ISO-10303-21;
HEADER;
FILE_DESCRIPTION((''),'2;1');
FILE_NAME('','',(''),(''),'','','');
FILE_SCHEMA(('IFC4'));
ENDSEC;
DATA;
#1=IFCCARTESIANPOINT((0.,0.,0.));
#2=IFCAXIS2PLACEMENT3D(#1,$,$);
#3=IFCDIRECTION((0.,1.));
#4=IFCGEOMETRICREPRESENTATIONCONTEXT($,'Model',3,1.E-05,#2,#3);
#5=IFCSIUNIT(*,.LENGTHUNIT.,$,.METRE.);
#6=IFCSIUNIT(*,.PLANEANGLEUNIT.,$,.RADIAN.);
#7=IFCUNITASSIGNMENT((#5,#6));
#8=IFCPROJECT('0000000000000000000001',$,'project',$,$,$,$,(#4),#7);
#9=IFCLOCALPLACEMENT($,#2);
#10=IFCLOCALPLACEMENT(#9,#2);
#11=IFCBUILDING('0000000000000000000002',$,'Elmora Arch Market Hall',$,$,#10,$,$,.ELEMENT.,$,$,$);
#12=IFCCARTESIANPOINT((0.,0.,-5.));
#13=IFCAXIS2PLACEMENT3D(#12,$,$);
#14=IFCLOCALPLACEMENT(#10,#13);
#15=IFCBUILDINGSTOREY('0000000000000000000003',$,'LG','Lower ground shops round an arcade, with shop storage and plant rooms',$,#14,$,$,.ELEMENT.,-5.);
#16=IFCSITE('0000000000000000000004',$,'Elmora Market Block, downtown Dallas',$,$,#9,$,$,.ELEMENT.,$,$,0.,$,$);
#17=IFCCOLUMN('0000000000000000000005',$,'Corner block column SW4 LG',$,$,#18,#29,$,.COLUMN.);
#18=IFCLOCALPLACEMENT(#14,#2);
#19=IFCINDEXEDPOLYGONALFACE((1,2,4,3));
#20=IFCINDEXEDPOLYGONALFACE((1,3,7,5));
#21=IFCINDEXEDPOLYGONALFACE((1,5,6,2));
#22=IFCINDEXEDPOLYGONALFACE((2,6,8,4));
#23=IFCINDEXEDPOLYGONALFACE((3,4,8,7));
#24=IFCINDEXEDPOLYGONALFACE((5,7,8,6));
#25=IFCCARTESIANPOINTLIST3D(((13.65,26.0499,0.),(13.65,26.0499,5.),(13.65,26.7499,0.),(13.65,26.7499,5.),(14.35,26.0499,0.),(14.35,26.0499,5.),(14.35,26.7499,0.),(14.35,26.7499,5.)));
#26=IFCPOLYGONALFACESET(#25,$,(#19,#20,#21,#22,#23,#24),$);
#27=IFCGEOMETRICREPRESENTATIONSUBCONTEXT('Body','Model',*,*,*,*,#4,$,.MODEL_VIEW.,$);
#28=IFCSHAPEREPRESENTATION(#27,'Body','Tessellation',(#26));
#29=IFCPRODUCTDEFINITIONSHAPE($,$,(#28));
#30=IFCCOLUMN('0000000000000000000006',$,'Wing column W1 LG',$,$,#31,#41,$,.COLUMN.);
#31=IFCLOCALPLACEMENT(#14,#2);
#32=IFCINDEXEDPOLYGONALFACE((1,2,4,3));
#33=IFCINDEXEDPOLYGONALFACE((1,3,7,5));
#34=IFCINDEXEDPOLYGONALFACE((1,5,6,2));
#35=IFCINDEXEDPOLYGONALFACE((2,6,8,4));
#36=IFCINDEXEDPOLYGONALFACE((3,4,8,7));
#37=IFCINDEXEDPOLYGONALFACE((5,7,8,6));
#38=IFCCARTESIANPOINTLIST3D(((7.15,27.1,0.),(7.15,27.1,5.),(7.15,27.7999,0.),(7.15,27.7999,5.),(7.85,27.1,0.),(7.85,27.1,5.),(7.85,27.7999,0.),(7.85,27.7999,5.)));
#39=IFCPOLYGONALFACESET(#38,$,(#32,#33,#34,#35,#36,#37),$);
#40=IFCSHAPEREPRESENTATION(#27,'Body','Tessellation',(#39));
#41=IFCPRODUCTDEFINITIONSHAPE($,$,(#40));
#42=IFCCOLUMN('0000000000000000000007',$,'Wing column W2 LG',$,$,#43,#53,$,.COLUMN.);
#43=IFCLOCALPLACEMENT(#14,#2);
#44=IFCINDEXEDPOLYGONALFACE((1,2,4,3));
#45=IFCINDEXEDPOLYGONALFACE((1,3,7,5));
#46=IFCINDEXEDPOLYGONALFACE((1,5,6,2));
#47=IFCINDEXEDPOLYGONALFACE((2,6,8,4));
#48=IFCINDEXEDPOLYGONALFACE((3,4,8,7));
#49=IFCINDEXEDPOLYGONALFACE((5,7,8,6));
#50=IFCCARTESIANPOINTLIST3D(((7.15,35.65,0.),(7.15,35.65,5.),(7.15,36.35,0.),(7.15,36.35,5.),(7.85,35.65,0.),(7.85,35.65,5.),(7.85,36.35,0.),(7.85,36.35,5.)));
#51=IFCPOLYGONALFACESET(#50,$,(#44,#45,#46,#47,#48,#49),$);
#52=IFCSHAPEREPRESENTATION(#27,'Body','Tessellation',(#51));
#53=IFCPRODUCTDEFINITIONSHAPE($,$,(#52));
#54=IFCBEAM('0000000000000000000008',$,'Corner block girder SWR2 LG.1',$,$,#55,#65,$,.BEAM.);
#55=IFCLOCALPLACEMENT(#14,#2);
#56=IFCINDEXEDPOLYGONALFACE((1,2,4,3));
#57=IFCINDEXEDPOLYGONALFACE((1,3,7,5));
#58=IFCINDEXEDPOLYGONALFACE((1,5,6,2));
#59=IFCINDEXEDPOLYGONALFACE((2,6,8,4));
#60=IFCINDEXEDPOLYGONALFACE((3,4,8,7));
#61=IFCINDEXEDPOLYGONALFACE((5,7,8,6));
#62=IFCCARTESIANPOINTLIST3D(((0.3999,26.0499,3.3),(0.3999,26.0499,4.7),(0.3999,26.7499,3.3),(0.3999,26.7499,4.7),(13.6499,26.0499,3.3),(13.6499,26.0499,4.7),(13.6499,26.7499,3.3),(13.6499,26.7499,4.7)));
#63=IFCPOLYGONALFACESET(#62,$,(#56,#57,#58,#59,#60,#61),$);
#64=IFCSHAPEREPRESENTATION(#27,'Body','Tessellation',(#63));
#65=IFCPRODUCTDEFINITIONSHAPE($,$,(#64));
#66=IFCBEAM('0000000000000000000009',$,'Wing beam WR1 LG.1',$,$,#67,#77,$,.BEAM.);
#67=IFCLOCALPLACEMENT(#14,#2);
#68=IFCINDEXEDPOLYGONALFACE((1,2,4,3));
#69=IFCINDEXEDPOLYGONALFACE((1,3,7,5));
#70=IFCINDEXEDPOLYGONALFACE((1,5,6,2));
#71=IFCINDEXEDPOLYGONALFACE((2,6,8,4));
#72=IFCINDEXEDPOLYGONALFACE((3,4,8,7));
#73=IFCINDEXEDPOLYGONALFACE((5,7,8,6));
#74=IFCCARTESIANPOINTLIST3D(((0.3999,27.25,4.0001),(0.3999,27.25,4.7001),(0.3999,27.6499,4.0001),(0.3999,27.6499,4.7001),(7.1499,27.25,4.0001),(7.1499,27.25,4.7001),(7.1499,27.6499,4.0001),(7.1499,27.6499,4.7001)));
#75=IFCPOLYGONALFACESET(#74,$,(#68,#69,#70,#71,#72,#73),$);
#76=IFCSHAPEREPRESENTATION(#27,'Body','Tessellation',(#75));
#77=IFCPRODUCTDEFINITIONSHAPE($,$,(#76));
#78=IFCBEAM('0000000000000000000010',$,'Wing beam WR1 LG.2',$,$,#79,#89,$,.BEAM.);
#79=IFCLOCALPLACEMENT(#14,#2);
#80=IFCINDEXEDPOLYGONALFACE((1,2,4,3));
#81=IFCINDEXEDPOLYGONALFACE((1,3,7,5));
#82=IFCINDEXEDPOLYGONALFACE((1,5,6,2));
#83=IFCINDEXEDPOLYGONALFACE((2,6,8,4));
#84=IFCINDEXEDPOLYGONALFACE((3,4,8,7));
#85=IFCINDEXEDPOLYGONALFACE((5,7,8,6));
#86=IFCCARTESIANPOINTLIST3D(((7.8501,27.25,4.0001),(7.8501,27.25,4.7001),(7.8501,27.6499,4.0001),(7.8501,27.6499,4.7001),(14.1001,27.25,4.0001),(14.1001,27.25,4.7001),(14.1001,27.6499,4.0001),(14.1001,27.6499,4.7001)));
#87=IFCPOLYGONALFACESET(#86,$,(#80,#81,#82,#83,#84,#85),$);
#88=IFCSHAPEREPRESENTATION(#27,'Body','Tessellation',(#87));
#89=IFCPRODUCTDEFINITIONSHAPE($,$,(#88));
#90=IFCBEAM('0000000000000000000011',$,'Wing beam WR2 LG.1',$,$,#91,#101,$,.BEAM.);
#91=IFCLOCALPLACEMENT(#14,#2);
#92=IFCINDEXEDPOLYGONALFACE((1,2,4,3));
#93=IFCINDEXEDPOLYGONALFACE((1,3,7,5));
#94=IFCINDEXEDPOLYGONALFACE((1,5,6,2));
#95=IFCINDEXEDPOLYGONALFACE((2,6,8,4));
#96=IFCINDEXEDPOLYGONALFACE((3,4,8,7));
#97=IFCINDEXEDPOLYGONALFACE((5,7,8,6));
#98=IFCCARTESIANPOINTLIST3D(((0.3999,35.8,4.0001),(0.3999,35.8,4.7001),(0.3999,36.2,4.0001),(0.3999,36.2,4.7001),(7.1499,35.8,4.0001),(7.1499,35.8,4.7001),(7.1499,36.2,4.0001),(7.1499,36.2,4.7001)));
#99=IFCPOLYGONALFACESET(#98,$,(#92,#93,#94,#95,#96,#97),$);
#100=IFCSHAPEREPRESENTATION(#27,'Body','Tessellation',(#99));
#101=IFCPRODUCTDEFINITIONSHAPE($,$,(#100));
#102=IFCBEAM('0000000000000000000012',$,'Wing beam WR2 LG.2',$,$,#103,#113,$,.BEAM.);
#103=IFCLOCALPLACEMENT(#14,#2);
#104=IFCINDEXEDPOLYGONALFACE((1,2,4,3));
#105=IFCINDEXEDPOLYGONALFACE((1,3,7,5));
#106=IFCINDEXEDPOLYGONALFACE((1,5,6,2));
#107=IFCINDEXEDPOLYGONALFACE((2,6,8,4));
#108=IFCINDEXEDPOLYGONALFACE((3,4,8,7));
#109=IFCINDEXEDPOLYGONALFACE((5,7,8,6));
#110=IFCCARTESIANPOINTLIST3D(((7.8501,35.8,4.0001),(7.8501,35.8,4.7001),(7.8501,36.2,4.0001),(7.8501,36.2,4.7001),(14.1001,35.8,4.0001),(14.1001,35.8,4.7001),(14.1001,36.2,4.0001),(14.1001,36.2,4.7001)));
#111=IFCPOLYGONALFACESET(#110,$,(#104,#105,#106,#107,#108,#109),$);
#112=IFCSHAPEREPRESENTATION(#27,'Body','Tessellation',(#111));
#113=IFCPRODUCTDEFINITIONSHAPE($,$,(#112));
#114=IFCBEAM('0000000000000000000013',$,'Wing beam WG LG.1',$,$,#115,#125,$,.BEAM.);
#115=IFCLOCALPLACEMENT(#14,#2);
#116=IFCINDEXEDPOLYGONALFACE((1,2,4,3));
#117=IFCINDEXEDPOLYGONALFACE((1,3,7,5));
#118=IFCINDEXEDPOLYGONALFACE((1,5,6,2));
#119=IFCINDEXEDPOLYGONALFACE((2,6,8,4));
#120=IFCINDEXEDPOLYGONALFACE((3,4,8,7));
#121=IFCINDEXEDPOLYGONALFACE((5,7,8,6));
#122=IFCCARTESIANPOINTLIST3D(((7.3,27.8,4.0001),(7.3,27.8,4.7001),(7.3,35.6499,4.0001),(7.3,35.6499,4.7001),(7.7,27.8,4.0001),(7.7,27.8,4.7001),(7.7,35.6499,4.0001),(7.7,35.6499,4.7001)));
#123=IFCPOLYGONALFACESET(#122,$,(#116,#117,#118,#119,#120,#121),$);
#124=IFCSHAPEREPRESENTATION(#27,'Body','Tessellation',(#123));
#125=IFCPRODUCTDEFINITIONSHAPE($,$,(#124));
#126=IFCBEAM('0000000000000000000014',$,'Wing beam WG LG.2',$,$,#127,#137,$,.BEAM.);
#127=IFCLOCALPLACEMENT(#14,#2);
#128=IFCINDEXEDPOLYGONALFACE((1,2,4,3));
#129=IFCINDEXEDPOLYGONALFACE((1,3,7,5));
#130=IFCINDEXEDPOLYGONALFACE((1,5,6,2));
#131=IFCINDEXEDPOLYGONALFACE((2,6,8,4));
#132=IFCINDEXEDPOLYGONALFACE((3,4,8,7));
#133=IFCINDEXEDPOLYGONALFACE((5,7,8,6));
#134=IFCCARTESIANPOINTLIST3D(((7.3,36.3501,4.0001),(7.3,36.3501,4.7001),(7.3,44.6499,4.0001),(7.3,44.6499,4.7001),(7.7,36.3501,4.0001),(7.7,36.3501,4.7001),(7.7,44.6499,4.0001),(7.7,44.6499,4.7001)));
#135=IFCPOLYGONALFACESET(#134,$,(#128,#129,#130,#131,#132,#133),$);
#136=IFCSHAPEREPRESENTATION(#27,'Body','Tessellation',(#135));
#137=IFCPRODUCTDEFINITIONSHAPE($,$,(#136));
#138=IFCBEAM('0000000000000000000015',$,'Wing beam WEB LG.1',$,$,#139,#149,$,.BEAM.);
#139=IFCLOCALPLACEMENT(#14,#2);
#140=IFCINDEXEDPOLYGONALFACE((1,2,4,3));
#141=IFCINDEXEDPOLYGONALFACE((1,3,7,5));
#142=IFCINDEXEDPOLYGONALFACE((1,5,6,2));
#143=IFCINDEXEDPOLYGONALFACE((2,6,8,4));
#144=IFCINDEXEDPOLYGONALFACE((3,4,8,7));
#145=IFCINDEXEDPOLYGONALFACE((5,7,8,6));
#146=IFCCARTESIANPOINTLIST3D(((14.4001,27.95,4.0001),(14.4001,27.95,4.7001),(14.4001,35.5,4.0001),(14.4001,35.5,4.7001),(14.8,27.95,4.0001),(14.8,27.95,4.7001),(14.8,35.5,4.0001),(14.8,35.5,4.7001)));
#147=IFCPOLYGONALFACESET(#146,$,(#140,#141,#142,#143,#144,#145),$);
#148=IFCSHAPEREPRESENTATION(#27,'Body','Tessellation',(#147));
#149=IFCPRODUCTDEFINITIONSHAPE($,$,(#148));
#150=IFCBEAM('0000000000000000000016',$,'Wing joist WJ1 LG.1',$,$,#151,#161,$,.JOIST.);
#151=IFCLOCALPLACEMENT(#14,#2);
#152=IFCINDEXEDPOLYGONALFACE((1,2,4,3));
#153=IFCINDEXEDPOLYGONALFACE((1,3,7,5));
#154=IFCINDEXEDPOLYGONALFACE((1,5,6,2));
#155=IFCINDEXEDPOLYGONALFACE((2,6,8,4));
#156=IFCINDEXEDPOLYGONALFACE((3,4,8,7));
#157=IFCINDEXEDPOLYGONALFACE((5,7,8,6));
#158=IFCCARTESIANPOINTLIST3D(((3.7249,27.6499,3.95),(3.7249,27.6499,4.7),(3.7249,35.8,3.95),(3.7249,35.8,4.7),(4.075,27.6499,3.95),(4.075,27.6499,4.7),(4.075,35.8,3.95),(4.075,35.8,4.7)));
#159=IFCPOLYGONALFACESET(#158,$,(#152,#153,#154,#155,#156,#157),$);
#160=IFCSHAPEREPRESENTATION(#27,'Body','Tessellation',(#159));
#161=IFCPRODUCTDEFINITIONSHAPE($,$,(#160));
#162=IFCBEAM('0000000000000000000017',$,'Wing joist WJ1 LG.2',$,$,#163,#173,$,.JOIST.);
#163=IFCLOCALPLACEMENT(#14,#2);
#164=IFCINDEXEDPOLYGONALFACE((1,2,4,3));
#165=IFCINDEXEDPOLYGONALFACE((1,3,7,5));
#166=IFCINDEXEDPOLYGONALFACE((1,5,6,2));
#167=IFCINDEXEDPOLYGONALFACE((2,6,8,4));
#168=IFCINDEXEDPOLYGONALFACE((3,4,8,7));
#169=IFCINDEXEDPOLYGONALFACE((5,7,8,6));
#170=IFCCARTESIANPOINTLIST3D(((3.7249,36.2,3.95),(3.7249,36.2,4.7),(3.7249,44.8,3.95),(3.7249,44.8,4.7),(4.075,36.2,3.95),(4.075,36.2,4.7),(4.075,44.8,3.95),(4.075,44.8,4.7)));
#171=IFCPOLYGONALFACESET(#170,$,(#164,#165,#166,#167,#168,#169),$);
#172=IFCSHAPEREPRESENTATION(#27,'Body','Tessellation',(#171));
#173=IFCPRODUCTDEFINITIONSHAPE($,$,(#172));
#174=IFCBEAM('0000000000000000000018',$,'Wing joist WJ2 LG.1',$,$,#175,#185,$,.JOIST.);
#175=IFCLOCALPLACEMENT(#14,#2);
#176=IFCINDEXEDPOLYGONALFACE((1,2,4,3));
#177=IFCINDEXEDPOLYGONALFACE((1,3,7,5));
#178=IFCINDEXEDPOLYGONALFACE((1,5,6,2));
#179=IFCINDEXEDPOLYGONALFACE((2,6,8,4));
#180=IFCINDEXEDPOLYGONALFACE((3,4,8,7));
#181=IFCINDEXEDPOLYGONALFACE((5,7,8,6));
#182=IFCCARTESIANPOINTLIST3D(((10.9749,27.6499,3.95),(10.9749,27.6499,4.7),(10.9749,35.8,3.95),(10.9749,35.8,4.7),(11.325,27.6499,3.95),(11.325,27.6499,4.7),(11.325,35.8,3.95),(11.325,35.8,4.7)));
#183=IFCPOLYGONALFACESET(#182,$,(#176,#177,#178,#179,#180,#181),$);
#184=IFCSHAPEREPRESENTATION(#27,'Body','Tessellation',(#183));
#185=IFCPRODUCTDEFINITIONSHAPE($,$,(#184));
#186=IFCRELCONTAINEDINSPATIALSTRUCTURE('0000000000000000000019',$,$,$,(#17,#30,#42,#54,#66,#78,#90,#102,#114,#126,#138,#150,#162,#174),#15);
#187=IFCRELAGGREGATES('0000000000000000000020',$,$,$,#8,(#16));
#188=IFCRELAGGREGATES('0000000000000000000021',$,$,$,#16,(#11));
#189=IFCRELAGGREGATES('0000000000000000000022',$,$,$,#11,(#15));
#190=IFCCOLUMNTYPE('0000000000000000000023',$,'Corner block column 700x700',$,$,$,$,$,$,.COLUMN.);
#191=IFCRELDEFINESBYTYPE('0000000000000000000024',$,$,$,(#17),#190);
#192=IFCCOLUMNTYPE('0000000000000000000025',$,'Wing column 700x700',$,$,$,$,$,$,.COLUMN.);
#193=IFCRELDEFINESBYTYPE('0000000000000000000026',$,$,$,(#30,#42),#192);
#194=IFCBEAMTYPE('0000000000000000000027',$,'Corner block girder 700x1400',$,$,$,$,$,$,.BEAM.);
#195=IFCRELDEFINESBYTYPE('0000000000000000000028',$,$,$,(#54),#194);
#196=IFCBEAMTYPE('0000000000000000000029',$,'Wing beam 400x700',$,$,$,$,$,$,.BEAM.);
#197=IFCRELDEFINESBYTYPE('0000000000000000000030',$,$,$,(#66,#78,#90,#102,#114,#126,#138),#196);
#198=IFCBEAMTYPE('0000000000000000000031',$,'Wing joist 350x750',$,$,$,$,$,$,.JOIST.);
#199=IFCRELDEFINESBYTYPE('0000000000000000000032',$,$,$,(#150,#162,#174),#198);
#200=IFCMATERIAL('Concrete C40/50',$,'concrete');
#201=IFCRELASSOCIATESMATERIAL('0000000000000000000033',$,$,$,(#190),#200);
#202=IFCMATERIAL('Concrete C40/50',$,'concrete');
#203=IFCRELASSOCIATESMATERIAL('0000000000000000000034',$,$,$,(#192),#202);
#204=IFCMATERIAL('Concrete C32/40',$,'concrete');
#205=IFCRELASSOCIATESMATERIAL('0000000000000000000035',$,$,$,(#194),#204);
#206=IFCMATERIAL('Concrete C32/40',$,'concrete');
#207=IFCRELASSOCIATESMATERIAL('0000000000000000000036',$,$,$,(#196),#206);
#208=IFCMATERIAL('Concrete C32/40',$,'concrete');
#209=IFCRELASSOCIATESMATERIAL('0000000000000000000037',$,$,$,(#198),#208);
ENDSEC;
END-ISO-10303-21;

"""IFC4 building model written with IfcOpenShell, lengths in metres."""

from ifc_helpers import new_model, si_unit, direction, frame, origin, origin_2d, place, context, subcontext, project, spatial, rectangle, extrude, material, material_profile, profile_set, type_object, element, save


model = new_model("IFC4")

# Units and contexts
model_context = context("Model", 3, precision=1e-05, world=origin(), true_north=direction((0.0, 1.0)))
body_context = subcontext(model_context, "Body", "Model", "MODEL_VIEW")
ifc_project = project(units=[si_unit("LENGTHUNIT", "METRE"), si_unit("PLANEANGLEUNIT", "RADIAN")], contexts=[model_context])

# Site, building, storey
site_placement = place(None, origin())
site = spatial("IfcSite", under=ifc_project, at=site_placement, Name="Elmora Market Block, downtown Dallas", CompositionType="ELEMENT", RefElevation=0.0)
building_placement = place(site_placement, origin())
building = spatial("IfcBuilding", under=site, at=building_placement, Name="Elmora Arch Market Hall", CompositionType="ELEMENT")
storey_placement = place(building_placement, frame((0.0, 0.0, -5.0)))
storey = spatial("IfcBuildingStorey", under=building, at=storey_placement, Name="LG", Description="Lower ground shops round an arcade, with shop storage and plant rooms", CompositionType="ELEMENT", Elevation=-5.0)

# Columns
ifc_material_1 = material(Name="Concrete C40/50", Category="concrete")
ifc_material_profile_1 = material_profile(ifc_material_1, rectangle(XDim=0.7, YDim=0.7, at=origin_2d()), Name="Corner block column 700x700")
ifc_profile_set_1 = profile_set([ifc_material_profile_1], Name="Concrete C40/50")
column_type_1 = type_object("IfcColumnType", Name="Corner block column 700x700", PredefinedType="COLUMN", material=ifc_profile_set_1)
column_placement = place(storey_placement, frame((14.0, 26.3999, 0.0), z_axis=(0.0, 0.0, 1.0), x_axis=(1.0, 0.0, 0.0)))
element("IfcColumn", 1, at=column_placement, inside=storey, type_object=column_type_1, Name="Corner block column SW4 LG", PredefinedType="COLUMN", context=body_context, shape_type="SweptSolid", body=[
    extrude(rectangle(XDim=0.7, YDim=0.7, at=origin_2d()), origin(), (0.0, 0.0, 1.0), 5.0),
])
ifc_material_2 = material(Name="Concrete C40/50", Category="concrete")
ifc_material_profile_2 = material_profile(ifc_material_2, rectangle(XDim=0.7, YDim=0.7, at=origin_2d()), Name="Wing column 700x700")
ifc_profile_set_2 = profile_set([ifc_material_profile_2], Name="Concrete C40/50")
column_type_2 = type_object("IfcColumnType", Name="Wing column 700x700", PredefinedType="COLUMN", material=ifc_profile_set_2)
for number, where, z_axis, x_axis, name in (
    (2, (7.5, 27.45, 0.0), (0.0, 0.0, 1.0), (1.0, 0.0, 0.0), "Wing column W1 LG"),
    (3, (7.5, 36.0, 0.0), (0.0, 0.0, 1.0), (1.0, 0.0, 0.0), "Wing column W2 LG"),
):
    element("IfcColumn", number, at=place(storey_placement, frame(where, z_axis=z_axis, x_axis=x_axis)), inside=storey, type_object=column_type_2, Name=name, PredefinedType="COLUMN", context=body_context, shape_type="SweptSolid", body=[
        extrude(rectangle(XDim=0.7, YDim=0.7, at=origin_2d()), origin(), (0.0, 0.0, 1.0), 5.0),
    ])

# Beams
ifc_material_3 = material(Name="Concrete C32/40", Category="concrete")
ifc_material_profile_3 = material_profile(ifc_material_3, rectangle(XDim=0.7, YDim=1.3999, at=origin_2d()), Name="Corner block girder 700x1400")
ifc_profile_set_3 = profile_set([ifc_material_profile_3], Name="Concrete C32/40")
beam_type_1 = type_object("IfcBeamType", Name="Corner block girder 700x1400", PredefinedType="BEAM", material=ifc_profile_set_3)
beam_1_placement = place(storey_placement, frame((0.3999, 26.3999, 4.0), z_axis=(1.0, 0.0, 0.0), x_axis=(0.0, 1.0, 0.0)))
element("IfcBeam", 4, at=beam_1_placement, inside=storey, type_object=beam_type_1, Name="Corner block girder SWR2 LG.1", PredefinedType="BEAM", context=body_context, shape_type="SweptSolid", body=[
    extrude(rectangle(XDim=0.7, YDim=1.3999, at=origin_2d()), origin(), (0.0, 0.0, 1.0), 13.25),
])
ifc_material_4 = material(Name="Concrete C32/40", Category="concrete")
ifc_material_profile_4 = material_profile(ifc_material_4, rectangle(XDim=0.3999, YDim=0.7, at=origin_2d()), Name="Wing beam 400x700")
ifc_profile_set_4 = profile_set([ifc_material_profile_4], Name="Concrete C32/40")
beam_type_2 = type_object("IfcBeamType", Name="Wing beam 400x700", PredefinedType="BEAM", material=ifc_profile_set_4)
beam_2_placement = place(storey_placement, frame((0.3999, 27.45, 4.3501), z_axis=(1.0, 0.0, 0.0), x_axis=(0.0, 1.0, 0.0)))
element("IfcBeam", 5, at=beam_2_placement, inside=storey, type_object=beam_type_2, Name="Wing beam WR1 LG.1", PredefinedType="BEAM", context=body_context, shape_type="SweptSolid", body=[
    extrude(rectangle(XDim=0.3999, YDim=0.7, at=origin_2d()), origin(), (0.0, 0.0, 1.0), 6.75),
])
beam_3_placement = place(storey_placement, frame((7.8501, 27.45, 4.3501), z_axis=(1.0, 0.0, 0.0), x_axis=(0.0, 1.0, 0.0)))
element("IfcBeam", 6, at=beam_3_placement, inside=storey, type_object=beam_type_2, Name="Wing beam WR1 LG.2", PredefinedType="BEAM", context=body_context, shape_type="SweptSolid", body=[
    extrude(rectangle(XDim=0.3999, YDim=0.7, at=origin_2d()), origin(), (0.0, 0.0, 1.0), 6.25),
])
beam_4_placement = place(storey_placement, frame((0.3999, 36.0, 4.3501), z_axis=(1.0, 0.0, 0.0), x_axis=(0.0, 1.0, 0.0)))
element("IfcBeam", 7, at=beam_4_placement, inside=storey, type_object=beam_type_2, Name="Wing beam WR2 LG.1", PredefinedType="BEAM", context=body_context, shape_type="SweptSolid", body=[
    extrude(rectangle(XDim=0.3999, YDim=0.7, at=origin_2d()), origin(), (0.0, 0.0, 1.0), 6.75),
])
beam_5_placement = place(storey_placement, frame((7.8501, 36.0, 4.3501), z_axis=(1.0, 0.0, 0.0), x_axis=(0.0, 1.0, 0.0)))
element("IfcBeam", 8, at=beam_5_placement, inside=storey, type_object=beam_type_2, Name="Wing beam WR2 LG.2", PredefinedType="BEAM", context=body_context, shape_type="SweptSolid", body=[
    extrude(rectangle(XDim=0.3999, YDim=0.7, at=origin_2d()), origin(), (0.0, 0.0, 1.0), 6.25),
])
beam_6_placement = place(storey_placement, frame((7.5, 27.8, 4.3501), z_axis=(0.0, 1.0, 0.0), x_axis=(-1.0, 0.0, 0.0)))
element("IfcBeam", 9, at=beam_6_placement, inside=storey, type_object=beam_type_2, Name="Wing beam WG LG.1", PredefinedType="BEAM", context=body_context, shape_type="SweptSolid", body=[
    extrude(rectangle(XDim=0.3999, YDim=0.7, at=origin_2d()), origin(), (0.0, 0.0, 1.0), 7.8499),
])
beam_7_placement = place(storey_placement, frame((7.5, 36.3501, 4.3501), z_axis=(0.0, 1.0, 0.0), x_axis=(-1.0, 0.0, 0.0)))
element("IfcBeam", 10, at=beam_7_placement, inside=storey, type_object=beam_type_2, Name="Wing beam WG LG.2", PredefinedType="BEAM", context=body_context, shape_type="SweptSolid", body=[
    extrude(rectangle(XDim=0.3999, YDim=0.7, at=origin_2d()), origin(), (0.0, 0.0, 1.0), 8.2998),
])
beam_8_placement = place(storey_placement, frame((14.6001, 27.95, 4.3501), z_axis=(0.0, 1.0, 0.0), x_axis=(-1.0, 0.0, 0.0)))
element("IfcBeam", 11, at=beam_8_placement, inside=storey, type_object=beam_type_2, Name="Wing beam WEB LG.1", PredefinedType="BEAM", context=body_context, shape_type="SweptSolid", body=[
    extrude(rectangle(XDim=0.3999, YDim=0.7, at=origin_2d()), origin(), (0.0, 0.0, 1.0), 7.55),
])
ifc_material_5 = material(Name="Concrete C32/40", Category="concrete")
ifc_material_profile_5 = material_profile(ifc_material_5, rectangle(XDim=0.3501, YDim=0.75, at=origin_2d()), Name="Wing joist 350x750")
ifc_profile_set_5 = profile_set([ifc_material_profile_5], Name="Concrete C32/40")
beam_type_3 = type_object("IfcBeamType", Name="Wing joist 350x750", PredefinedType="JOIST", material=ifc_profile_set_5)
beam_9_placement = place(storey_placement, frame((3.8999, 27.6499, 4.325), z_axis=(0.0, 1.0, 0.0), x_axis=(-1.0, 0.0, 0.0)))
element("IfcBeam", 12, at=beam_9_placement, inside=storey, type_object=beam_type_3, Name="Wing joist WJ1 LG.1", PredefinedType="JOIST", context=body_context, shape_type="SweptSolid", body=[
    extrude(rectangle(XDim=0.3501, YDim=0.75, at=origin_2d()), origin(), (0.0, 0.0, 1.0), 8.1501),
])
beam_10_placement = place(storey_placement, frame((3.8999, 36.2, 4.325), z_axis=(0.0, 1.0, 0.0), x_axis=(-1.0, 0.0, 0.0)))
element("IfcBeam", 13, at=beam_10_placement, inside=storey, type_object=beam_type_3, Name="Wing joist WJ1 LG.2", PredefinedType="JOIST", context=body_context, shape_type="SweptSolid", body=[
    extrude(rectangle(XDim=0.3501, YDim=0.75, at=origin_2d()), origin(), (0.0, 0.0, 1.0), 8.6001),
])
beam_11_placement = place(storey_placement, frame((11.1499, 27.6499, 4.325), z_axis=(0.0, 1.0, 0.0), x_axis=(-1.0, 0.0, 0.0)))
element("IfcBeam", 14, at=beam_11_placement, inside=storey, type_object=beam_type_3, Name="Wing joist WJ2 LG.1", PredefinedType="JOIST", context=body_context, shape_type="SweptSolid", body=[
    extrude(rectangle(XDim=0.3501, YDim=0.75, at=origin_2d()), origin(), (0.0, 0.0, 1.0), 8.1501),
])

save(model, "model.ifc")
